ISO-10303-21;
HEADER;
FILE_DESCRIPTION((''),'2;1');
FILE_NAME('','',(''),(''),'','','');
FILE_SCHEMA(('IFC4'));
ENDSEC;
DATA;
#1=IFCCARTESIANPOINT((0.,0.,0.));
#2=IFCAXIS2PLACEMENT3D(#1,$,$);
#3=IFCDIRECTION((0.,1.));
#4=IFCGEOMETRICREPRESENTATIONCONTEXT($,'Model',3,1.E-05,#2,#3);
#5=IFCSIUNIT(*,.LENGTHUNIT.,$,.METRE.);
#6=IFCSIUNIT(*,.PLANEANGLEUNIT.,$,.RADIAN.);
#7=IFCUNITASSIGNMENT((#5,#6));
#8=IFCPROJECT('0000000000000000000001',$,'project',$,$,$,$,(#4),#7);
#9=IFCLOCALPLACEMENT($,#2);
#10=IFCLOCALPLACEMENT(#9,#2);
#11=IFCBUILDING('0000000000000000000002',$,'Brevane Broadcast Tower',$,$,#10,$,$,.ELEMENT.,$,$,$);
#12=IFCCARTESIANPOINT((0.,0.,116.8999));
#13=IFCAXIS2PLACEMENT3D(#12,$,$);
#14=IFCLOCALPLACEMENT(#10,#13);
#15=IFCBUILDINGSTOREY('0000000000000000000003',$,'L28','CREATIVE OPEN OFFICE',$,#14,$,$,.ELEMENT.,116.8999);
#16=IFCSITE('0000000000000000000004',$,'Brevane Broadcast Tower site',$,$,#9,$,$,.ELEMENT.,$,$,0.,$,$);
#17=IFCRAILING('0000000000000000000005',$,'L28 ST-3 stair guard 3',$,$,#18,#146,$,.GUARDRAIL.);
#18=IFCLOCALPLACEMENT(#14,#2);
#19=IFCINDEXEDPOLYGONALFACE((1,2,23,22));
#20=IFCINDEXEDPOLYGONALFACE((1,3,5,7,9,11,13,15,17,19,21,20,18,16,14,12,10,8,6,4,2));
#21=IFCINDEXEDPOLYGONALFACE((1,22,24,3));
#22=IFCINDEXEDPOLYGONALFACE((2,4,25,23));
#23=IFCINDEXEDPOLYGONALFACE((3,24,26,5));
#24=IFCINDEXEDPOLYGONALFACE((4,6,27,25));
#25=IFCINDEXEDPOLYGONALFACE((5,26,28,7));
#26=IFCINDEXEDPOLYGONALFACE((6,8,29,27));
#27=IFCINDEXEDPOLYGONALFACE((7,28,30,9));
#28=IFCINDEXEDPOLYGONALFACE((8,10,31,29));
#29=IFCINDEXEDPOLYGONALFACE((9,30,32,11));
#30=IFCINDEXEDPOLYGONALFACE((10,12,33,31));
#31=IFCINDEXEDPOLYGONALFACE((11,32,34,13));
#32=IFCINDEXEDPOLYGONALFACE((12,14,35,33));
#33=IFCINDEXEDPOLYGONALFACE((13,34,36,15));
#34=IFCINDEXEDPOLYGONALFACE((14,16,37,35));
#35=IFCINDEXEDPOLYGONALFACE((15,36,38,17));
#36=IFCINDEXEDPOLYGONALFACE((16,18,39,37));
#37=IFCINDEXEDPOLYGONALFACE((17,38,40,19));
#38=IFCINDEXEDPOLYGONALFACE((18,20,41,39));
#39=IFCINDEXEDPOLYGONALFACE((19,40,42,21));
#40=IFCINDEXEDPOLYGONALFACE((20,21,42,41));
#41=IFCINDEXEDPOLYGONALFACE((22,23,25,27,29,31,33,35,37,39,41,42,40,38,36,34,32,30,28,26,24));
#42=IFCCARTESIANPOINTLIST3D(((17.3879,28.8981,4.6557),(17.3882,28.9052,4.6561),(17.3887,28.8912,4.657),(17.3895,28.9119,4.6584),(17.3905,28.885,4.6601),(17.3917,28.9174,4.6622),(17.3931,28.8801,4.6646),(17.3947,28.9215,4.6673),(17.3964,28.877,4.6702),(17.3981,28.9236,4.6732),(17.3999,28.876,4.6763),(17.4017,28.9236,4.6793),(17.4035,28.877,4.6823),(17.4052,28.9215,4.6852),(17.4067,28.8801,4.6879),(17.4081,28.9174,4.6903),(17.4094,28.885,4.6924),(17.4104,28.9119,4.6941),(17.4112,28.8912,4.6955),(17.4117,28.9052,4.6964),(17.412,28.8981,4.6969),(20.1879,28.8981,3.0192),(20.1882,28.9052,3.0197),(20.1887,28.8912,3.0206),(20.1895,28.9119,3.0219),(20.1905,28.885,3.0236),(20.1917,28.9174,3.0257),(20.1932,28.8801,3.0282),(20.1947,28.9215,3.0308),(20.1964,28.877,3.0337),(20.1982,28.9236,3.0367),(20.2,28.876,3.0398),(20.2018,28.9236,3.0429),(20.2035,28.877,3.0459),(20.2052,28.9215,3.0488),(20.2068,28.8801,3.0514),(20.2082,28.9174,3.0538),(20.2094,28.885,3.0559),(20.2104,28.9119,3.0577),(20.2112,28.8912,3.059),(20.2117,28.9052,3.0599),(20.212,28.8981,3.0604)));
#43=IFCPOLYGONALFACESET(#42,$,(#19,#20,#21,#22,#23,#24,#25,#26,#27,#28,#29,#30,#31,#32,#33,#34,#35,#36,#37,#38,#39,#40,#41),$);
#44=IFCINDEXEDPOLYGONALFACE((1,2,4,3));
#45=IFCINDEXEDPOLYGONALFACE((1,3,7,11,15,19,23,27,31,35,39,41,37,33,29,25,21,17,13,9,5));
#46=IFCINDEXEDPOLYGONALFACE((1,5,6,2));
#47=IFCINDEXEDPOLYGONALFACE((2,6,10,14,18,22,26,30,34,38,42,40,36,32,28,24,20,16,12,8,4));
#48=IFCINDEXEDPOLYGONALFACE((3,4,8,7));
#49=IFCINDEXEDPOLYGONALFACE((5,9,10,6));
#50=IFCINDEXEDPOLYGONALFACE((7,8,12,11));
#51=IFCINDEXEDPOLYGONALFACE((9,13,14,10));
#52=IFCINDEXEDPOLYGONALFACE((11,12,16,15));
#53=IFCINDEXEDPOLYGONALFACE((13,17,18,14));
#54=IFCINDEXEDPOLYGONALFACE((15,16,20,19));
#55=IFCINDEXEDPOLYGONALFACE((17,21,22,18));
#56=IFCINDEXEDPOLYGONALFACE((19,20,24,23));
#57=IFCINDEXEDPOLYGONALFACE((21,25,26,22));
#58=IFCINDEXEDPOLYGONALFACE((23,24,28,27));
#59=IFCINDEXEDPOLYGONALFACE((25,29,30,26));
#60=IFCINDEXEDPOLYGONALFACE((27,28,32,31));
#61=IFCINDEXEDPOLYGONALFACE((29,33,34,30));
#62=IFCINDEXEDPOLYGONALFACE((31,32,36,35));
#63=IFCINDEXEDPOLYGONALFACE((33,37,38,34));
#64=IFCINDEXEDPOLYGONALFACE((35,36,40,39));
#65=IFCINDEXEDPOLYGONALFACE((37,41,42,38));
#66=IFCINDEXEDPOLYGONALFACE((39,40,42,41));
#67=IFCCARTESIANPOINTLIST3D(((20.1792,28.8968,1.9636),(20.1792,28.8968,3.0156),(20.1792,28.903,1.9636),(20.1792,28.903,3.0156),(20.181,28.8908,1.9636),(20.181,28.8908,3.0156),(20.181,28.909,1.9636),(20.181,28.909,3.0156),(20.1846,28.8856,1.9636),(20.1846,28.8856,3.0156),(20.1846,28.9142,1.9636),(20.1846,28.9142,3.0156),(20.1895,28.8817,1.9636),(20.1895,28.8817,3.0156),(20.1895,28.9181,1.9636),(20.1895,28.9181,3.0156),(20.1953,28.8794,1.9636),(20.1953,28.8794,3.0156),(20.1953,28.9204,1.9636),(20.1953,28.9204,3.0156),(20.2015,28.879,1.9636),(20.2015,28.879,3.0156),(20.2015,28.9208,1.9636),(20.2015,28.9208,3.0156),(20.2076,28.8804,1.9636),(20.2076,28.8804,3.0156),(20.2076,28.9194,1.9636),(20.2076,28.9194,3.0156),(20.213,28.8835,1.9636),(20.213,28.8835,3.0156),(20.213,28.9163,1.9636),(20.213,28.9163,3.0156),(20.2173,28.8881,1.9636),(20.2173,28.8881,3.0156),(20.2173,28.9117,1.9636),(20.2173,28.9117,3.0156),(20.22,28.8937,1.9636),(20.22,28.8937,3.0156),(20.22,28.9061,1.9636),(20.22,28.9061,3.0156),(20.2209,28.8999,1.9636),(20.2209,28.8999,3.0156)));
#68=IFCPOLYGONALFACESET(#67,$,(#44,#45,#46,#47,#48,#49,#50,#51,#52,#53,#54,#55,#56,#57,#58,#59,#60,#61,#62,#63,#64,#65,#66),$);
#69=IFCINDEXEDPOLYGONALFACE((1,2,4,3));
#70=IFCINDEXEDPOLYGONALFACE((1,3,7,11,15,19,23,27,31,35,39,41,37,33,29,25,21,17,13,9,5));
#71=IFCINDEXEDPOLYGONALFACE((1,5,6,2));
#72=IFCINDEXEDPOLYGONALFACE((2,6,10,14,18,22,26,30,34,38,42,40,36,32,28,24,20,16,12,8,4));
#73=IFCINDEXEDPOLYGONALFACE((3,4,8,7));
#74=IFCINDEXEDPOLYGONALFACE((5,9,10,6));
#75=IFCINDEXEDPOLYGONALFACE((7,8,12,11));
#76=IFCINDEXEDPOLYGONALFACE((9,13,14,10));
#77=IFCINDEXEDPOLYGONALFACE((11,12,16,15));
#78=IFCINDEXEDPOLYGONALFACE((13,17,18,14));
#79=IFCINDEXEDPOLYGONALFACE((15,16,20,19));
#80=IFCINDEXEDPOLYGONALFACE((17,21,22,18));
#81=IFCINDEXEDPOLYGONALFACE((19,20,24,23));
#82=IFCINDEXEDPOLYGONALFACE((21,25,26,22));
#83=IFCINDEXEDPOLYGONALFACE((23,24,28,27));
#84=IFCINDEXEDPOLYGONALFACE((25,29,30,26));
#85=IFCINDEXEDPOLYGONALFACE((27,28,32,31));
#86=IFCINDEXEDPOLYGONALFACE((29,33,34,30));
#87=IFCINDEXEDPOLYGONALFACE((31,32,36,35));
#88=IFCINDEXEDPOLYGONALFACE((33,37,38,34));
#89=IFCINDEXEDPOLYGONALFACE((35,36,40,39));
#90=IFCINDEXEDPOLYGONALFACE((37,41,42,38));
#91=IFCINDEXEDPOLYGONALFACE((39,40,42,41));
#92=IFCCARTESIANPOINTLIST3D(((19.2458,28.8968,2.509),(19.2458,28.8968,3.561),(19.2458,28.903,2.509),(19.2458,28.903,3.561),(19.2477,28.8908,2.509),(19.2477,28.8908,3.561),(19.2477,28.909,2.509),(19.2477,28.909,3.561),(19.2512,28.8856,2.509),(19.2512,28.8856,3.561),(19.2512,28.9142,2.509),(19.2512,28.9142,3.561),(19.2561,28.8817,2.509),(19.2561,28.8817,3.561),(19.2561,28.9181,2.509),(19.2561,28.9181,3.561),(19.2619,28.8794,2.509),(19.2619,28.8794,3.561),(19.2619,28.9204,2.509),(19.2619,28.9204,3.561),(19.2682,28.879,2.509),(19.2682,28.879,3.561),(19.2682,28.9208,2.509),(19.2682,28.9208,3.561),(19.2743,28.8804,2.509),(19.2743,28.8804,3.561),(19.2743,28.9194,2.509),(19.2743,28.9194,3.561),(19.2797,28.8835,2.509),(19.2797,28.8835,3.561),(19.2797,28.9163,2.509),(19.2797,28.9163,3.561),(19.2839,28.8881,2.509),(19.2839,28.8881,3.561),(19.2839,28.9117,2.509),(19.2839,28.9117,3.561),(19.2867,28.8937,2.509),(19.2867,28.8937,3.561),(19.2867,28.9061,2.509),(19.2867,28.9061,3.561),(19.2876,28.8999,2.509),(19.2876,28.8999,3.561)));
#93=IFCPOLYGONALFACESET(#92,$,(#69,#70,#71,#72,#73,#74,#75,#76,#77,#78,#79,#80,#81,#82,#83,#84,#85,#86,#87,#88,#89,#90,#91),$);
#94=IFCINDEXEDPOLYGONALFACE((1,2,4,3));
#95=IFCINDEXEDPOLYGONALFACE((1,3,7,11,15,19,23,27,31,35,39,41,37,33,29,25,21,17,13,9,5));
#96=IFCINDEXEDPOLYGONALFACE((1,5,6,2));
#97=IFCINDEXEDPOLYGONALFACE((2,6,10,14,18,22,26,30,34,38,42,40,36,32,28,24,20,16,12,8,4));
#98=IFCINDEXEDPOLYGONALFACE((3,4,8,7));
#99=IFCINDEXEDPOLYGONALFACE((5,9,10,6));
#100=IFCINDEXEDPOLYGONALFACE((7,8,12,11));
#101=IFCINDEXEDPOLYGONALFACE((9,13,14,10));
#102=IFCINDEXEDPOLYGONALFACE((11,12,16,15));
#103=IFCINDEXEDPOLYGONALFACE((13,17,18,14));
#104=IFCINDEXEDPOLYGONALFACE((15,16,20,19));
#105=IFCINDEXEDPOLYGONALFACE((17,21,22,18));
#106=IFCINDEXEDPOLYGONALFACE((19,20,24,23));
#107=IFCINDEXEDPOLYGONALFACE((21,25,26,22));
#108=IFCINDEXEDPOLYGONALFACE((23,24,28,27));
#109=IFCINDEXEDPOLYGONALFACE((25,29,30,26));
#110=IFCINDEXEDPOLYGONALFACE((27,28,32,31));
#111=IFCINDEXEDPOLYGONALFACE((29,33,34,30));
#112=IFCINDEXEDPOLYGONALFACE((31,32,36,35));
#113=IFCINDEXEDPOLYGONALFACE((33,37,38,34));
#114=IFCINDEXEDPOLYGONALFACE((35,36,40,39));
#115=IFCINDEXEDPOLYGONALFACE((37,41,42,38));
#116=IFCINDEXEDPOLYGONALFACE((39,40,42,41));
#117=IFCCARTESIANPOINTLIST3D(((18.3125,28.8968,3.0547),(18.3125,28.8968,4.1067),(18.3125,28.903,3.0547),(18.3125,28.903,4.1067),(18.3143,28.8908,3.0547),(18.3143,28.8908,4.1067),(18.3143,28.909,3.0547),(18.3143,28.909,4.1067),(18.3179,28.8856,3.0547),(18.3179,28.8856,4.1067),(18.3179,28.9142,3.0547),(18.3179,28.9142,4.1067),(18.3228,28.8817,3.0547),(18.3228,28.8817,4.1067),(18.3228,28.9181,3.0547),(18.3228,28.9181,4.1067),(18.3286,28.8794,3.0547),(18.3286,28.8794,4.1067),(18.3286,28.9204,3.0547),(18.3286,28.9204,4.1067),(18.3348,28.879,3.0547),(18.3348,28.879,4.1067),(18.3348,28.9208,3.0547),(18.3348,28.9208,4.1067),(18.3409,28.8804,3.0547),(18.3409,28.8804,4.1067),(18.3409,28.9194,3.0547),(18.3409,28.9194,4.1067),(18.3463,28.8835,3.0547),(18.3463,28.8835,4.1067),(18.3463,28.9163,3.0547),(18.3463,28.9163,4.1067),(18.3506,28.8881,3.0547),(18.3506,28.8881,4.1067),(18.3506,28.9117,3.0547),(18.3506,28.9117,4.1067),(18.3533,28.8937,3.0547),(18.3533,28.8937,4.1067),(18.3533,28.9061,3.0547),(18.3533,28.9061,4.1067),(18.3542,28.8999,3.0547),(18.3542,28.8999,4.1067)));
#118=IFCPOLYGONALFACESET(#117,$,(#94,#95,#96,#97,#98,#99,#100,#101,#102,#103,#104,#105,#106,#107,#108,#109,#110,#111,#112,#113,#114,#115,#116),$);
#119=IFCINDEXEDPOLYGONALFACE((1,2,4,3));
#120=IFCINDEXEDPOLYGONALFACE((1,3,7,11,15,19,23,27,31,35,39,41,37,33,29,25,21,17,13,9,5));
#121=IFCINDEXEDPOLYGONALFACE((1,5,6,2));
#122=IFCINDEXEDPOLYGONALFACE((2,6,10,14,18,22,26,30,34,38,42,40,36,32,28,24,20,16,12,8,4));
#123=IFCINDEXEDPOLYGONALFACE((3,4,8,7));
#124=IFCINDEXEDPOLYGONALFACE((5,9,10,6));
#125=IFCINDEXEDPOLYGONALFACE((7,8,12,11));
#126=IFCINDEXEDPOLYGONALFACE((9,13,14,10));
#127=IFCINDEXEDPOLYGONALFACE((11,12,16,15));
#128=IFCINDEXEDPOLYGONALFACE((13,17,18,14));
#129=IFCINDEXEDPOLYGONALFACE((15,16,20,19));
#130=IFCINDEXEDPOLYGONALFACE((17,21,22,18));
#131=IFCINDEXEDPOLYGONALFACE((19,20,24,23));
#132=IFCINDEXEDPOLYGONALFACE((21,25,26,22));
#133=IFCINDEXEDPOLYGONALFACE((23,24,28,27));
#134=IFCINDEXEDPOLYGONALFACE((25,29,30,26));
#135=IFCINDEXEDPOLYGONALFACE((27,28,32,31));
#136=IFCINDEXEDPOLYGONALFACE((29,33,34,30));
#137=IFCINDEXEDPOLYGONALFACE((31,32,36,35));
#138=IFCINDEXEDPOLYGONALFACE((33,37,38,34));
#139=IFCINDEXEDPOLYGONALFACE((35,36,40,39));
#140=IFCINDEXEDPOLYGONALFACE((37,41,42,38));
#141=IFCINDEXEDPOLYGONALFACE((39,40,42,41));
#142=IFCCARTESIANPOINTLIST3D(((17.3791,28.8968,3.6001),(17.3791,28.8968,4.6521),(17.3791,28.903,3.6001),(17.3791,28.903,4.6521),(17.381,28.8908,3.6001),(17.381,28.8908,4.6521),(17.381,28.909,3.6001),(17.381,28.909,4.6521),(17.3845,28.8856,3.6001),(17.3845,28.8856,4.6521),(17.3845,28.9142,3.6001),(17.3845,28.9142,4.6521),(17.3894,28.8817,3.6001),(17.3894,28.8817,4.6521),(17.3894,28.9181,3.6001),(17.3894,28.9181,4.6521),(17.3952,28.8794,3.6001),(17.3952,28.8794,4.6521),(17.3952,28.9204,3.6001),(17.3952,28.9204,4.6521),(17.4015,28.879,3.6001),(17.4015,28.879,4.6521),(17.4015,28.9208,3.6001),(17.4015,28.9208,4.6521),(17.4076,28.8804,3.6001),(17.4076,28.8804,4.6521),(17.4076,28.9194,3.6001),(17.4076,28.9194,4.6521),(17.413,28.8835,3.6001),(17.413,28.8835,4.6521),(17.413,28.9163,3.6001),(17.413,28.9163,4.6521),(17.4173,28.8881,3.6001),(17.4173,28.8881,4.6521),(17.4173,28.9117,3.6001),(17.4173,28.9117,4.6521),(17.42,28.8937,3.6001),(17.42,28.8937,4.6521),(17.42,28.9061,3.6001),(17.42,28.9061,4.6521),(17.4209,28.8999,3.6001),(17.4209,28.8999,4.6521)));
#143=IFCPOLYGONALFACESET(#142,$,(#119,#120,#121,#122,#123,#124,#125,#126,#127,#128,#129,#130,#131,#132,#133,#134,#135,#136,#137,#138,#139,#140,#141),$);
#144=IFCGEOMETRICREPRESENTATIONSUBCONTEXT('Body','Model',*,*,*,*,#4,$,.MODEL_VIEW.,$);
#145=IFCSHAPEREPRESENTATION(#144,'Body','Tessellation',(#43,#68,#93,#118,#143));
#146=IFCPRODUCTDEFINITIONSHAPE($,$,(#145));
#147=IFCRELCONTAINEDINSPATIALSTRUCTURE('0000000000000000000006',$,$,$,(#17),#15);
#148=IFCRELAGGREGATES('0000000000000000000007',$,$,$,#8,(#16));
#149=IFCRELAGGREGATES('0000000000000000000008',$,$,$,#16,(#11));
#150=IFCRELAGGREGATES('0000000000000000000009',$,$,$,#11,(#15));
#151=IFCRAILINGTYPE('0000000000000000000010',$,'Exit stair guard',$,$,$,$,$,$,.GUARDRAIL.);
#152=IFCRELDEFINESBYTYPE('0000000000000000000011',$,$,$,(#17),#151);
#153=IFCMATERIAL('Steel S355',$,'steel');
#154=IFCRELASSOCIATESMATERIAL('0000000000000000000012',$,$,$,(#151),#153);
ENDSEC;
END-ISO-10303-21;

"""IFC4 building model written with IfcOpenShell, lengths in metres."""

from ifc_helpers import new_model, si_unit, direction, frame, origin, origin_2d, place, context, subcontext, project, spatial, circle, extrude, material, type_object, element, save


model = new_model("IFC4")

# Units and contexts
model_context = context("Model", 3, precision=1e-05, world=origin(), true_north=direction((0.0, 1.0)))
body_context = subcontext(model_context, "Body", "Model", "MODEL_VIEW")
ifc_project = project(units=[si_unit("LENGTHUNIT", "METRE"), si_unit("PLANEANGLEUNIT", "RADIAN")], contexts=[model_context])

# Site, building, storey
site_placement = place(None, origin())
site = spatial("IfcSite", under=ifc_project, at=site_placement, Name="Brevane Broadcast Tower site", CompositionType="ELEMENT", RefElevation=0.0)
building_placement = place(site_placement, origin())
building = spatial("IfcBuilding", under=site, at=building_placement, Name="Brevane Broadcast Tower", CompositionType="ELEMENT")
storey_placement = place(building_placement, frame((0.0, 0.0, 116.8999)))
storey = spatial("IfcBuildingStorey", under=building, at=storey_placement, Name="L28", Description="CREATIVE OPEN OFFICE", CompositionType="ELEMENT", Elevation=116.8999)

# Railing
ifc_material_1 = material(Name="Steel S355", Category="steel")
railing_type_1 = type_object("IfcRailingType", Name="Exit stair guard", PredefinedType="GUARDRAIL", material=ifc_material_1)
railing_1_placement = place(storey_placement, frame((20.2, 28.8999, 1.9636)))
element("IfcRailing", 1, at=railing_1_placement, inside=storey, type_object=railing_type_1, Name="L28 ST-3 stair guard 3", PredefinedType="GUARDRAIL", context=body_context, shape_type="SweptSolid", body=[
    extrude(circle(Radius=0.0239, at=origin_2d()), frame((0.0, 0.0, 1.0762), z_axis=(-0.863361, 0.0, 0.504587), x_axis=(0.0, -1.0, 0.0)), (0.0, 0.0, 1.0), 3.2432),
    extrude(circle(Radius=0.021, at=origin_2d()), origin(), (0.0, 0.0, 1.0), 1.052),
    extrude(circle(Radius=0.021, at=origin_2d()), frame((-0.9333, 0.0, 0.5454)), (0.0, 0.0, 1.0), 1.052),
    extrude(circle(Radius=0.021, at=origin_2d()), frame((-1.8667, 0.0, 1.0911)), (0.0, 0.0, 1.0), 1.052),
    extrude(circle(Radius=0.021, at=origin_2d()), frame((-2.8, 0.0, 1.6365)), (0.0, 0.0, 1.0), 1.052),
])

save(model, "model.ifc")
